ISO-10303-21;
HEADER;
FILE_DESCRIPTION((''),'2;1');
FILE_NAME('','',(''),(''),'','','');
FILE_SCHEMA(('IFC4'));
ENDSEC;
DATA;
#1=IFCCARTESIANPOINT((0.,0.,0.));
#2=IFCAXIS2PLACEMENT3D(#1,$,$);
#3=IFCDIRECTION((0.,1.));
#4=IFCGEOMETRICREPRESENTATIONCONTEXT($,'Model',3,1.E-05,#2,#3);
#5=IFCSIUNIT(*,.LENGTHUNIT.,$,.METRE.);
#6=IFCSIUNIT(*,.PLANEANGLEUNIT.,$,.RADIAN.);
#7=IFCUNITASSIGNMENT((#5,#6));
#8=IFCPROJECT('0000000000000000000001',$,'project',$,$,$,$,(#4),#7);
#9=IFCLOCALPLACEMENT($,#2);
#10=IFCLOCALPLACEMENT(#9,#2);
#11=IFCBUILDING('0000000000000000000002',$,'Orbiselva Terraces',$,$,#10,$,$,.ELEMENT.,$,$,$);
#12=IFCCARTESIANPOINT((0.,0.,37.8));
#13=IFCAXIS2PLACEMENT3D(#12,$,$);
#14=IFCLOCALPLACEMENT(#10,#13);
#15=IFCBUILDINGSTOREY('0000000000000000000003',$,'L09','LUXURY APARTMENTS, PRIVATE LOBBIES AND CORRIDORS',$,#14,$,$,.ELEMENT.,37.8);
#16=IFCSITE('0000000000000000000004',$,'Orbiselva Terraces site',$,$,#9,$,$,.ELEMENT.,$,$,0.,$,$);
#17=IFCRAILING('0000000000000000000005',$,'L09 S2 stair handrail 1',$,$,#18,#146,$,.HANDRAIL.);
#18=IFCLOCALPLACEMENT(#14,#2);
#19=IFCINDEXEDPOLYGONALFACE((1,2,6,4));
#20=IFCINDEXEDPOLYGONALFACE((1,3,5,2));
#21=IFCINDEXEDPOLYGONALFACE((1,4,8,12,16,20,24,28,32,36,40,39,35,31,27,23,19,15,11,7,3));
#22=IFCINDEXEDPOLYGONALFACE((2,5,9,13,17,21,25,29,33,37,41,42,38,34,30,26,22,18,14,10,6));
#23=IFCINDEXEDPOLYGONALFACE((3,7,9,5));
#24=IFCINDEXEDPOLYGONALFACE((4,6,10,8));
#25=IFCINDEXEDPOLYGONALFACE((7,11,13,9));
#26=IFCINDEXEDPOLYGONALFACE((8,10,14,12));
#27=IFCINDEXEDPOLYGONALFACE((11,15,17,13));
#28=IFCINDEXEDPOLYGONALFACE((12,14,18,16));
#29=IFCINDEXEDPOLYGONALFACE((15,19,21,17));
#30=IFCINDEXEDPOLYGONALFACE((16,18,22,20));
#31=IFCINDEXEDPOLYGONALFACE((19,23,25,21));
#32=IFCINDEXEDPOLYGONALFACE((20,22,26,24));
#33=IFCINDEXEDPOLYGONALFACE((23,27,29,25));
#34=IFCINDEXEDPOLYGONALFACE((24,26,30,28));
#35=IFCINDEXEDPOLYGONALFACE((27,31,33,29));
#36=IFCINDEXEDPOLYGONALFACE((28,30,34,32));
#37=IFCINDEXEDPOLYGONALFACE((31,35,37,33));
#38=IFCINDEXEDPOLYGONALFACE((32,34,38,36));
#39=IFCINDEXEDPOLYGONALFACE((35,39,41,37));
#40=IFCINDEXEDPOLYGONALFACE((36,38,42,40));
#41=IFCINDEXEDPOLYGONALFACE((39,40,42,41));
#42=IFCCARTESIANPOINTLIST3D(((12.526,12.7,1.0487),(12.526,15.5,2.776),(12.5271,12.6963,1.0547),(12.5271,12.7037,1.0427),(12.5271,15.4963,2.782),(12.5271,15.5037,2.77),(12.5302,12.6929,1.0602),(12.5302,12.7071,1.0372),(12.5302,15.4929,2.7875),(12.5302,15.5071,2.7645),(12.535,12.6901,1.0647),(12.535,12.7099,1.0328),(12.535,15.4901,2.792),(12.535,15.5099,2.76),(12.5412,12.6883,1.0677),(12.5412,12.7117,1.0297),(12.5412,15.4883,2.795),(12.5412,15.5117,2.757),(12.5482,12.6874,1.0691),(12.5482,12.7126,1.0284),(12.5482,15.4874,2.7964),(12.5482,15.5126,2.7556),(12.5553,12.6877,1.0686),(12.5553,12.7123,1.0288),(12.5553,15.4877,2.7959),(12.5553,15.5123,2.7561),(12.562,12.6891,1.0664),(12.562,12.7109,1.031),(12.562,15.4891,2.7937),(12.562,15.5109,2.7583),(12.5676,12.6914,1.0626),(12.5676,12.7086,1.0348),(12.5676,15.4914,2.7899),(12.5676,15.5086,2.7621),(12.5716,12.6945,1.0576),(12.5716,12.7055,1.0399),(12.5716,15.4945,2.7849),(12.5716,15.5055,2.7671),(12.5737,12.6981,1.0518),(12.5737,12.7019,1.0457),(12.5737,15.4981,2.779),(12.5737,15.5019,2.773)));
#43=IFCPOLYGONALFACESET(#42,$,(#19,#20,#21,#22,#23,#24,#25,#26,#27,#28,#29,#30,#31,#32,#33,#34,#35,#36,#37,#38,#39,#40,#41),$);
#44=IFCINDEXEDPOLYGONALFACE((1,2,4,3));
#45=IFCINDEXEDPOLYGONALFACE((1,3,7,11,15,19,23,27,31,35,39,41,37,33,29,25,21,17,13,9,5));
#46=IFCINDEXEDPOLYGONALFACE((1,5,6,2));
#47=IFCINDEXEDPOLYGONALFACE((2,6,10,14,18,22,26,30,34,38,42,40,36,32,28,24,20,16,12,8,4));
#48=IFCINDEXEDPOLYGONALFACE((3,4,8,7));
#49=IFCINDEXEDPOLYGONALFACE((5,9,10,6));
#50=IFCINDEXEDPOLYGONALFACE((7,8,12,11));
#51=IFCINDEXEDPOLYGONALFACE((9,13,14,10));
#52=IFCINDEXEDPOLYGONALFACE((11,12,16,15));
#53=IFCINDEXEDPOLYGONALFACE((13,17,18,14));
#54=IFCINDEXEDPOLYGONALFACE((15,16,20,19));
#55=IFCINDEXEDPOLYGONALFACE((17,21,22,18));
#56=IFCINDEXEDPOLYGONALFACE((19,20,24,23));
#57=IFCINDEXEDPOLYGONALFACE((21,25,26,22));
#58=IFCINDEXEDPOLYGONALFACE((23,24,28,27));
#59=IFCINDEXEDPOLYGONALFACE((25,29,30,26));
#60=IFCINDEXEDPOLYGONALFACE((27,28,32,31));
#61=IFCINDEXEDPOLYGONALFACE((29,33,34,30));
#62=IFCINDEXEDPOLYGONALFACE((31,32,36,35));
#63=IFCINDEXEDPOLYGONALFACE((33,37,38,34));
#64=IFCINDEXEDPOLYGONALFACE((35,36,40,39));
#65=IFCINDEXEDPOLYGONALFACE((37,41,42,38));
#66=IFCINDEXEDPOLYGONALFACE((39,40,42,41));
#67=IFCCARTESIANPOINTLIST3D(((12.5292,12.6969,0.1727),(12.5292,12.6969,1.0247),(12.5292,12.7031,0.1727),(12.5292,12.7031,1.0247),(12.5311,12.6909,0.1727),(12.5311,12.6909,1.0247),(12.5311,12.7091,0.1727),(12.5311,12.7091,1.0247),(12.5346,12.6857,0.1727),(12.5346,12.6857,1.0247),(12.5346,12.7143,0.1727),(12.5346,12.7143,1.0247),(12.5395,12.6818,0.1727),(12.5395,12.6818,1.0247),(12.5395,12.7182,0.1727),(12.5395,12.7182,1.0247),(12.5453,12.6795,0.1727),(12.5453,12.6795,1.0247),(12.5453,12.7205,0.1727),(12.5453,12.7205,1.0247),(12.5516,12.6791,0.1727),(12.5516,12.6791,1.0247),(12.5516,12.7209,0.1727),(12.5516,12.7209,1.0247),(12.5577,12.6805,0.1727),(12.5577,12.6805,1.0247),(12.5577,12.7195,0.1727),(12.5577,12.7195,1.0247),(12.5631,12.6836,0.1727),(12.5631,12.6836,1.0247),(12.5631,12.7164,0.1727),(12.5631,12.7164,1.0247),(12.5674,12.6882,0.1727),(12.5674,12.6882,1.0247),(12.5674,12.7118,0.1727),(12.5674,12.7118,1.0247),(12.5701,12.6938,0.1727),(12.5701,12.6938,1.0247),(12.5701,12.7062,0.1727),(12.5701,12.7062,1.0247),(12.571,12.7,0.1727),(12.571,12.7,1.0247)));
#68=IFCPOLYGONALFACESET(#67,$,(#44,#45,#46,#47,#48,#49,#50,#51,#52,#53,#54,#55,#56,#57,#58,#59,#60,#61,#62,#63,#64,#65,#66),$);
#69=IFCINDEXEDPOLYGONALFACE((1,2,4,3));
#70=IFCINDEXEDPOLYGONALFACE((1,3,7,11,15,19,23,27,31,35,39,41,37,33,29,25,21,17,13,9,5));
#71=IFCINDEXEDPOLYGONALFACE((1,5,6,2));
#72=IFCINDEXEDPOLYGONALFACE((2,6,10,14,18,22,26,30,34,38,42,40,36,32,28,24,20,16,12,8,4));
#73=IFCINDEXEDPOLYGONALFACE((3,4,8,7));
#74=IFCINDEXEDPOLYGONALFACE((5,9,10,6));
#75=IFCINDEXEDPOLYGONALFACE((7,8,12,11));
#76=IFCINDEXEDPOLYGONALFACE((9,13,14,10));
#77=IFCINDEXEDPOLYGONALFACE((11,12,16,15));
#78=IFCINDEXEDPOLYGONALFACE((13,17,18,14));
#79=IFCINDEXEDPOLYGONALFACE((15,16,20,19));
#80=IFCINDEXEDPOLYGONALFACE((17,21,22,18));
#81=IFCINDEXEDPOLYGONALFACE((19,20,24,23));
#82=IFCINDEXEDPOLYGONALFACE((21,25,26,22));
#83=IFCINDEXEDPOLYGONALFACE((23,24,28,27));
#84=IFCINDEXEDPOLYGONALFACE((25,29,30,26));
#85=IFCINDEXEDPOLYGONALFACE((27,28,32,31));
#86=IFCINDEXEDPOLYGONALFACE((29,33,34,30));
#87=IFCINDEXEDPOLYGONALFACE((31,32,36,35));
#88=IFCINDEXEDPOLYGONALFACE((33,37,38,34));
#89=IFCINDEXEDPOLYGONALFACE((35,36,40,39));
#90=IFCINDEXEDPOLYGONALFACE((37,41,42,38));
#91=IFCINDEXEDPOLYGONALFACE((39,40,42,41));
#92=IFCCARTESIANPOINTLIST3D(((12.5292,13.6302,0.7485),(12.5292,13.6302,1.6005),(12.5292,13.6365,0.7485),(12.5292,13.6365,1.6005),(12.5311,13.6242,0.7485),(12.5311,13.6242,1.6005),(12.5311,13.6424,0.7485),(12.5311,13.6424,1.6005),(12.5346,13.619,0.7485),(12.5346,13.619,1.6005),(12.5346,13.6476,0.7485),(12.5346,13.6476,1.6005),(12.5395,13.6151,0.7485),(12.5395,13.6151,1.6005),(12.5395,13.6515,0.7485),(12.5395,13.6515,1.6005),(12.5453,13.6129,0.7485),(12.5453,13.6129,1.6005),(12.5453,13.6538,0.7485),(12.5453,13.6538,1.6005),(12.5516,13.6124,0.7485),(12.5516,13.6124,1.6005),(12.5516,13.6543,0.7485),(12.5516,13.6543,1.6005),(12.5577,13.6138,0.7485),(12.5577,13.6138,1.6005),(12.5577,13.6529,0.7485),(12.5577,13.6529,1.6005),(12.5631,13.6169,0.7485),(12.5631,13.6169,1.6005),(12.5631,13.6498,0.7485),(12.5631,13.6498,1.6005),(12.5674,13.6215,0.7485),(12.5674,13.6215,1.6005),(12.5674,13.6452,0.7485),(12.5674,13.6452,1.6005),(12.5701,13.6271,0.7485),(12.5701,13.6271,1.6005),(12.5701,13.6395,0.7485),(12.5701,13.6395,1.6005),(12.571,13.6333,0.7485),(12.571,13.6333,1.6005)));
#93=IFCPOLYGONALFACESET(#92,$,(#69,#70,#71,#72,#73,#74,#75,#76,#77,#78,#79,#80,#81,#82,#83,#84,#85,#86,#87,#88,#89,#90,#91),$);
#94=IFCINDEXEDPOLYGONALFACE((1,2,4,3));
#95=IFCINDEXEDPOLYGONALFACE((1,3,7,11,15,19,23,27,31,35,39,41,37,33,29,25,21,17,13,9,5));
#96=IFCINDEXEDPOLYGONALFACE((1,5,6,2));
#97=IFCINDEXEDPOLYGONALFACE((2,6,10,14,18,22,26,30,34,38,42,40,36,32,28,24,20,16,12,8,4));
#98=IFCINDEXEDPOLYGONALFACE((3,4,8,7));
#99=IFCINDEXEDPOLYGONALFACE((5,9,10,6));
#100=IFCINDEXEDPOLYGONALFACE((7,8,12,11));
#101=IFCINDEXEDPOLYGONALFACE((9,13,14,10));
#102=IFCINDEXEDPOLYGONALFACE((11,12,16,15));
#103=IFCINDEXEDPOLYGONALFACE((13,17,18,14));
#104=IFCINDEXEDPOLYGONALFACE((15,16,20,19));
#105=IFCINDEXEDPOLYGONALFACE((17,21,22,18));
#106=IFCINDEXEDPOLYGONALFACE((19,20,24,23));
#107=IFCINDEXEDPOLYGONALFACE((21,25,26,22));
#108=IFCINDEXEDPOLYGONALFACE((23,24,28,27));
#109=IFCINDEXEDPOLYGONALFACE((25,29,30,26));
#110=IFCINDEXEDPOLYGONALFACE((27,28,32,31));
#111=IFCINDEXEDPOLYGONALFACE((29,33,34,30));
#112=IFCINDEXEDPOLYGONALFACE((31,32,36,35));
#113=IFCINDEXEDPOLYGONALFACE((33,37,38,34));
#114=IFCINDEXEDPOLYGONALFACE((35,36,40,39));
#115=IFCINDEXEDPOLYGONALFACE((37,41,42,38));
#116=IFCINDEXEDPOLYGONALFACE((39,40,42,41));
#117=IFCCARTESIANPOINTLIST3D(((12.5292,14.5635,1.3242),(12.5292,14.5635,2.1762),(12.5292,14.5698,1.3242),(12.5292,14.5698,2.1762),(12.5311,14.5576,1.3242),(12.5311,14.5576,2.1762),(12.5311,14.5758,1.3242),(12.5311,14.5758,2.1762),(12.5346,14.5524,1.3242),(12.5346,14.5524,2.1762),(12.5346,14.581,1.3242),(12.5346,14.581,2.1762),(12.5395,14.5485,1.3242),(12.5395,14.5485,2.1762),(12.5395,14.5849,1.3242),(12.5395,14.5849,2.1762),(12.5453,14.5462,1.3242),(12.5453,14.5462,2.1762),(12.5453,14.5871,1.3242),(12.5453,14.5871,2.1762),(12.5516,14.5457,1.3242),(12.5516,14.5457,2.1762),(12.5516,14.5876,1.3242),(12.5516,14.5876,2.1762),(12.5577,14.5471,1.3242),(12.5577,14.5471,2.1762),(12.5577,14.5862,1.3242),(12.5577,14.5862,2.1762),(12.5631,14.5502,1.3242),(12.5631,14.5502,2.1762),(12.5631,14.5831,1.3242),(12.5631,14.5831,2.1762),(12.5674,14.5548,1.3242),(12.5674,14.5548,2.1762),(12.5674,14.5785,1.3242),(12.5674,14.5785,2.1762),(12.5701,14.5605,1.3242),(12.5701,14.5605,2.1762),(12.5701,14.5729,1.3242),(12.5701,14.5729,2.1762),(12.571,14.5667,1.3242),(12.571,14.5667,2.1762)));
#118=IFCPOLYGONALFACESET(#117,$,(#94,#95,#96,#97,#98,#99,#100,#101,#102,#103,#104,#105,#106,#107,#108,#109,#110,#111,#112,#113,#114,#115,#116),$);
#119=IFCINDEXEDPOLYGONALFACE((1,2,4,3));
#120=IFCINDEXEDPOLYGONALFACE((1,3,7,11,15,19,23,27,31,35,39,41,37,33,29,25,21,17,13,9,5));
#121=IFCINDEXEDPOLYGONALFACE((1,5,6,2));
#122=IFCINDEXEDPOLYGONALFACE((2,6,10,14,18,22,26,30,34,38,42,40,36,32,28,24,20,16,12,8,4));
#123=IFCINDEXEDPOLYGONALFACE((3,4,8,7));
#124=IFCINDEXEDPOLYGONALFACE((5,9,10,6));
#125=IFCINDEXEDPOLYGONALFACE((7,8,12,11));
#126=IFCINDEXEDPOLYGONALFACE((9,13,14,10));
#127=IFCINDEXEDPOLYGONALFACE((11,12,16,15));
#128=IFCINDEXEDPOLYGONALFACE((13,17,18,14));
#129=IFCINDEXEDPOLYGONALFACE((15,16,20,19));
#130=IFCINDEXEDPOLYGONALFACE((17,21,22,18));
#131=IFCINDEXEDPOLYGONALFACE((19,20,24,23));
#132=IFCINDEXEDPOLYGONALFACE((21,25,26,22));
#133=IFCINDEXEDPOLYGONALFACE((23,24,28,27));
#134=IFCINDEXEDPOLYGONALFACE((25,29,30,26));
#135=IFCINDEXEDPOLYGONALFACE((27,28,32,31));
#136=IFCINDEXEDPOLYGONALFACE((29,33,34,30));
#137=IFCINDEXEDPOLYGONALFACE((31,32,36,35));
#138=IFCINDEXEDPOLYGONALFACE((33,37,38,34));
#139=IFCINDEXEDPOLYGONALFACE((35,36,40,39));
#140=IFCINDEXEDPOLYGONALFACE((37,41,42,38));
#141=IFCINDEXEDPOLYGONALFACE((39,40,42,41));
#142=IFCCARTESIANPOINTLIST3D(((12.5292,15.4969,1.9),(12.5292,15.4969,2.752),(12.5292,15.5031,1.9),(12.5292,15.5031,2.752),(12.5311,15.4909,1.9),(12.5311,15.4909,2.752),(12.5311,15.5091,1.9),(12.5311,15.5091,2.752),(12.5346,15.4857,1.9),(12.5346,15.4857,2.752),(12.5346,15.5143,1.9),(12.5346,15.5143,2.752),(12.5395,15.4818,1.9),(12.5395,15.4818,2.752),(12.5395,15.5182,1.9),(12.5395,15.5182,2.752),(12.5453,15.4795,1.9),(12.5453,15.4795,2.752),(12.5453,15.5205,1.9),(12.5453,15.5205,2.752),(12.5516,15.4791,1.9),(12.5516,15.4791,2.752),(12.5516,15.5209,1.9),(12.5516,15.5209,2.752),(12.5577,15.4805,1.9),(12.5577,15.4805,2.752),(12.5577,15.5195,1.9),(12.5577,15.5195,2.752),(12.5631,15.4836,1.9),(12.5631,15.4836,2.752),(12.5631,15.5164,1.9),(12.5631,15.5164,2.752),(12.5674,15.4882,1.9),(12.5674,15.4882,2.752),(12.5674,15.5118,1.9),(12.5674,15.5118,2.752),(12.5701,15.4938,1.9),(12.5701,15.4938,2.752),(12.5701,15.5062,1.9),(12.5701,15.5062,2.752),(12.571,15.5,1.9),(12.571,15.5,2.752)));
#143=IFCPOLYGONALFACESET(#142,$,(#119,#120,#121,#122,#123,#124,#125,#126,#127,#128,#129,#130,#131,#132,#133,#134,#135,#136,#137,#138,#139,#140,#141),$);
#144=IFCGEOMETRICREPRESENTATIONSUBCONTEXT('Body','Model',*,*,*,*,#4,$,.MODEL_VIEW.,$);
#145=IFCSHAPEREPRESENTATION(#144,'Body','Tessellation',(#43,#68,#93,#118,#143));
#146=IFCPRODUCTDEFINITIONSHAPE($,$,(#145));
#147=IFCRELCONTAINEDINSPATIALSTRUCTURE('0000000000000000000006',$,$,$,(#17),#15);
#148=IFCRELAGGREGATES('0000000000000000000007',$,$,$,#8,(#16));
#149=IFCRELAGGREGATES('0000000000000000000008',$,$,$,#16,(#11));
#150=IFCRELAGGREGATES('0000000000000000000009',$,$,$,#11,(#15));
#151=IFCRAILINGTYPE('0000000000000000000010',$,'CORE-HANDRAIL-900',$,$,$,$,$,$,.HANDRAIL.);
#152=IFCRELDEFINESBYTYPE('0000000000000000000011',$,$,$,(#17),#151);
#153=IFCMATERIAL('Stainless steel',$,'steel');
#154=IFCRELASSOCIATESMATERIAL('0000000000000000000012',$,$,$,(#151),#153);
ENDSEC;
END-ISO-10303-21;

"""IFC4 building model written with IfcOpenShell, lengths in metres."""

from ifc_helpers import new_model, si_unit, direction, frame, origin, origin_2d, place, context, subcontext, project, spatial, circle, extrude, material, type_object, element, save


model = new_model("IFC4")

# Units and contexts
model_context = context("Model", 3, precision=1e-05, world=origin(), true_north=direction((0.0, 1.0)))
body_context = subcontext(model_context, "Body", "Model", "MODEL_VIEW")
ifc_project = project(units=[si_unit("LENGTHUNIT", "METRE"), si_unit("PLANEANGLEUNIT", "RADIAN")], contexts=[model_context])

# Site, building, storey
site_placement = place(None, origin())
site = spatial("IfcSite", under=ifc_project, at=site_placement, Name="Orbiselva Terraces site", CompositionType="ELEMENT", RefElevation=0.0)
building_placement = place(site_placement, origin())
building = spatial("IfcBuilding", under=site, at=building_placement, Name="Orbiselva Terraces", CompositionType="ELEMENT")
storey_placement = place(building_placement, frame((0.0, 0.0, 37.8)))
storey = spatial("IfcBuildingStorey", under=building, at=storey_placement, Name="L09", Description="LUXURY APARTMENTS, PRIVATE LOBBIES AND CORRIDORS", CompositionType="ELEMENT", Elevation=37.8)

# Railing
ifc_material_1 = material(Name="Stainless steel", Category="steel")
railing_type = type_object("IfcRailingType", Name="CORE-HANDRAIL-900", PredefinedType="HANDRAIL", material=ifc_material_1)
railing_placement = place(storey_placement, frame((12.55, 12.7, 0.1727)))
element("IfcRailing", 1, at=railing_placement, inside=storey, type_object=railing_type, Name="L09 S2 stair handrail 1", PredefinedType="HANDRAIL", context=body_context, shape_type="SweptSolid", body=[
    extrude(circle(Radius=0.024, at=origin_2d()), frame((0.0, 0.0, 0.876), z_axis=(0.0, 0.851089, 0.525022), x_axis=(-1.0, 0.0, 0.0)), (0.0, 0.0, 1.0), 3.2899),
    extrude(circle(Radius=0.021, at=origin_2d()), origin(), (0.0, 0.0, 1.0), 0.852),
    extrude(circle(Radius=0.021, at=origin_2d()), frame((0.0, 0.9333, 0.5758)), (0.0, 0.0, 1.0), 0.852),
    extrude(circle(Radius=0.021, at=origin_2d()), frame((0.0, 1.8667, 1.1515)), (0.0, 0.0, 1.0), 0.852),
    extrude(circle(Radius=0.021, at=origin_2d()), frame((0.0, 2.8, 1.7273)), (0.0, 0.0, 1.0), 0.852),
])

save(model, "model.ifc")
